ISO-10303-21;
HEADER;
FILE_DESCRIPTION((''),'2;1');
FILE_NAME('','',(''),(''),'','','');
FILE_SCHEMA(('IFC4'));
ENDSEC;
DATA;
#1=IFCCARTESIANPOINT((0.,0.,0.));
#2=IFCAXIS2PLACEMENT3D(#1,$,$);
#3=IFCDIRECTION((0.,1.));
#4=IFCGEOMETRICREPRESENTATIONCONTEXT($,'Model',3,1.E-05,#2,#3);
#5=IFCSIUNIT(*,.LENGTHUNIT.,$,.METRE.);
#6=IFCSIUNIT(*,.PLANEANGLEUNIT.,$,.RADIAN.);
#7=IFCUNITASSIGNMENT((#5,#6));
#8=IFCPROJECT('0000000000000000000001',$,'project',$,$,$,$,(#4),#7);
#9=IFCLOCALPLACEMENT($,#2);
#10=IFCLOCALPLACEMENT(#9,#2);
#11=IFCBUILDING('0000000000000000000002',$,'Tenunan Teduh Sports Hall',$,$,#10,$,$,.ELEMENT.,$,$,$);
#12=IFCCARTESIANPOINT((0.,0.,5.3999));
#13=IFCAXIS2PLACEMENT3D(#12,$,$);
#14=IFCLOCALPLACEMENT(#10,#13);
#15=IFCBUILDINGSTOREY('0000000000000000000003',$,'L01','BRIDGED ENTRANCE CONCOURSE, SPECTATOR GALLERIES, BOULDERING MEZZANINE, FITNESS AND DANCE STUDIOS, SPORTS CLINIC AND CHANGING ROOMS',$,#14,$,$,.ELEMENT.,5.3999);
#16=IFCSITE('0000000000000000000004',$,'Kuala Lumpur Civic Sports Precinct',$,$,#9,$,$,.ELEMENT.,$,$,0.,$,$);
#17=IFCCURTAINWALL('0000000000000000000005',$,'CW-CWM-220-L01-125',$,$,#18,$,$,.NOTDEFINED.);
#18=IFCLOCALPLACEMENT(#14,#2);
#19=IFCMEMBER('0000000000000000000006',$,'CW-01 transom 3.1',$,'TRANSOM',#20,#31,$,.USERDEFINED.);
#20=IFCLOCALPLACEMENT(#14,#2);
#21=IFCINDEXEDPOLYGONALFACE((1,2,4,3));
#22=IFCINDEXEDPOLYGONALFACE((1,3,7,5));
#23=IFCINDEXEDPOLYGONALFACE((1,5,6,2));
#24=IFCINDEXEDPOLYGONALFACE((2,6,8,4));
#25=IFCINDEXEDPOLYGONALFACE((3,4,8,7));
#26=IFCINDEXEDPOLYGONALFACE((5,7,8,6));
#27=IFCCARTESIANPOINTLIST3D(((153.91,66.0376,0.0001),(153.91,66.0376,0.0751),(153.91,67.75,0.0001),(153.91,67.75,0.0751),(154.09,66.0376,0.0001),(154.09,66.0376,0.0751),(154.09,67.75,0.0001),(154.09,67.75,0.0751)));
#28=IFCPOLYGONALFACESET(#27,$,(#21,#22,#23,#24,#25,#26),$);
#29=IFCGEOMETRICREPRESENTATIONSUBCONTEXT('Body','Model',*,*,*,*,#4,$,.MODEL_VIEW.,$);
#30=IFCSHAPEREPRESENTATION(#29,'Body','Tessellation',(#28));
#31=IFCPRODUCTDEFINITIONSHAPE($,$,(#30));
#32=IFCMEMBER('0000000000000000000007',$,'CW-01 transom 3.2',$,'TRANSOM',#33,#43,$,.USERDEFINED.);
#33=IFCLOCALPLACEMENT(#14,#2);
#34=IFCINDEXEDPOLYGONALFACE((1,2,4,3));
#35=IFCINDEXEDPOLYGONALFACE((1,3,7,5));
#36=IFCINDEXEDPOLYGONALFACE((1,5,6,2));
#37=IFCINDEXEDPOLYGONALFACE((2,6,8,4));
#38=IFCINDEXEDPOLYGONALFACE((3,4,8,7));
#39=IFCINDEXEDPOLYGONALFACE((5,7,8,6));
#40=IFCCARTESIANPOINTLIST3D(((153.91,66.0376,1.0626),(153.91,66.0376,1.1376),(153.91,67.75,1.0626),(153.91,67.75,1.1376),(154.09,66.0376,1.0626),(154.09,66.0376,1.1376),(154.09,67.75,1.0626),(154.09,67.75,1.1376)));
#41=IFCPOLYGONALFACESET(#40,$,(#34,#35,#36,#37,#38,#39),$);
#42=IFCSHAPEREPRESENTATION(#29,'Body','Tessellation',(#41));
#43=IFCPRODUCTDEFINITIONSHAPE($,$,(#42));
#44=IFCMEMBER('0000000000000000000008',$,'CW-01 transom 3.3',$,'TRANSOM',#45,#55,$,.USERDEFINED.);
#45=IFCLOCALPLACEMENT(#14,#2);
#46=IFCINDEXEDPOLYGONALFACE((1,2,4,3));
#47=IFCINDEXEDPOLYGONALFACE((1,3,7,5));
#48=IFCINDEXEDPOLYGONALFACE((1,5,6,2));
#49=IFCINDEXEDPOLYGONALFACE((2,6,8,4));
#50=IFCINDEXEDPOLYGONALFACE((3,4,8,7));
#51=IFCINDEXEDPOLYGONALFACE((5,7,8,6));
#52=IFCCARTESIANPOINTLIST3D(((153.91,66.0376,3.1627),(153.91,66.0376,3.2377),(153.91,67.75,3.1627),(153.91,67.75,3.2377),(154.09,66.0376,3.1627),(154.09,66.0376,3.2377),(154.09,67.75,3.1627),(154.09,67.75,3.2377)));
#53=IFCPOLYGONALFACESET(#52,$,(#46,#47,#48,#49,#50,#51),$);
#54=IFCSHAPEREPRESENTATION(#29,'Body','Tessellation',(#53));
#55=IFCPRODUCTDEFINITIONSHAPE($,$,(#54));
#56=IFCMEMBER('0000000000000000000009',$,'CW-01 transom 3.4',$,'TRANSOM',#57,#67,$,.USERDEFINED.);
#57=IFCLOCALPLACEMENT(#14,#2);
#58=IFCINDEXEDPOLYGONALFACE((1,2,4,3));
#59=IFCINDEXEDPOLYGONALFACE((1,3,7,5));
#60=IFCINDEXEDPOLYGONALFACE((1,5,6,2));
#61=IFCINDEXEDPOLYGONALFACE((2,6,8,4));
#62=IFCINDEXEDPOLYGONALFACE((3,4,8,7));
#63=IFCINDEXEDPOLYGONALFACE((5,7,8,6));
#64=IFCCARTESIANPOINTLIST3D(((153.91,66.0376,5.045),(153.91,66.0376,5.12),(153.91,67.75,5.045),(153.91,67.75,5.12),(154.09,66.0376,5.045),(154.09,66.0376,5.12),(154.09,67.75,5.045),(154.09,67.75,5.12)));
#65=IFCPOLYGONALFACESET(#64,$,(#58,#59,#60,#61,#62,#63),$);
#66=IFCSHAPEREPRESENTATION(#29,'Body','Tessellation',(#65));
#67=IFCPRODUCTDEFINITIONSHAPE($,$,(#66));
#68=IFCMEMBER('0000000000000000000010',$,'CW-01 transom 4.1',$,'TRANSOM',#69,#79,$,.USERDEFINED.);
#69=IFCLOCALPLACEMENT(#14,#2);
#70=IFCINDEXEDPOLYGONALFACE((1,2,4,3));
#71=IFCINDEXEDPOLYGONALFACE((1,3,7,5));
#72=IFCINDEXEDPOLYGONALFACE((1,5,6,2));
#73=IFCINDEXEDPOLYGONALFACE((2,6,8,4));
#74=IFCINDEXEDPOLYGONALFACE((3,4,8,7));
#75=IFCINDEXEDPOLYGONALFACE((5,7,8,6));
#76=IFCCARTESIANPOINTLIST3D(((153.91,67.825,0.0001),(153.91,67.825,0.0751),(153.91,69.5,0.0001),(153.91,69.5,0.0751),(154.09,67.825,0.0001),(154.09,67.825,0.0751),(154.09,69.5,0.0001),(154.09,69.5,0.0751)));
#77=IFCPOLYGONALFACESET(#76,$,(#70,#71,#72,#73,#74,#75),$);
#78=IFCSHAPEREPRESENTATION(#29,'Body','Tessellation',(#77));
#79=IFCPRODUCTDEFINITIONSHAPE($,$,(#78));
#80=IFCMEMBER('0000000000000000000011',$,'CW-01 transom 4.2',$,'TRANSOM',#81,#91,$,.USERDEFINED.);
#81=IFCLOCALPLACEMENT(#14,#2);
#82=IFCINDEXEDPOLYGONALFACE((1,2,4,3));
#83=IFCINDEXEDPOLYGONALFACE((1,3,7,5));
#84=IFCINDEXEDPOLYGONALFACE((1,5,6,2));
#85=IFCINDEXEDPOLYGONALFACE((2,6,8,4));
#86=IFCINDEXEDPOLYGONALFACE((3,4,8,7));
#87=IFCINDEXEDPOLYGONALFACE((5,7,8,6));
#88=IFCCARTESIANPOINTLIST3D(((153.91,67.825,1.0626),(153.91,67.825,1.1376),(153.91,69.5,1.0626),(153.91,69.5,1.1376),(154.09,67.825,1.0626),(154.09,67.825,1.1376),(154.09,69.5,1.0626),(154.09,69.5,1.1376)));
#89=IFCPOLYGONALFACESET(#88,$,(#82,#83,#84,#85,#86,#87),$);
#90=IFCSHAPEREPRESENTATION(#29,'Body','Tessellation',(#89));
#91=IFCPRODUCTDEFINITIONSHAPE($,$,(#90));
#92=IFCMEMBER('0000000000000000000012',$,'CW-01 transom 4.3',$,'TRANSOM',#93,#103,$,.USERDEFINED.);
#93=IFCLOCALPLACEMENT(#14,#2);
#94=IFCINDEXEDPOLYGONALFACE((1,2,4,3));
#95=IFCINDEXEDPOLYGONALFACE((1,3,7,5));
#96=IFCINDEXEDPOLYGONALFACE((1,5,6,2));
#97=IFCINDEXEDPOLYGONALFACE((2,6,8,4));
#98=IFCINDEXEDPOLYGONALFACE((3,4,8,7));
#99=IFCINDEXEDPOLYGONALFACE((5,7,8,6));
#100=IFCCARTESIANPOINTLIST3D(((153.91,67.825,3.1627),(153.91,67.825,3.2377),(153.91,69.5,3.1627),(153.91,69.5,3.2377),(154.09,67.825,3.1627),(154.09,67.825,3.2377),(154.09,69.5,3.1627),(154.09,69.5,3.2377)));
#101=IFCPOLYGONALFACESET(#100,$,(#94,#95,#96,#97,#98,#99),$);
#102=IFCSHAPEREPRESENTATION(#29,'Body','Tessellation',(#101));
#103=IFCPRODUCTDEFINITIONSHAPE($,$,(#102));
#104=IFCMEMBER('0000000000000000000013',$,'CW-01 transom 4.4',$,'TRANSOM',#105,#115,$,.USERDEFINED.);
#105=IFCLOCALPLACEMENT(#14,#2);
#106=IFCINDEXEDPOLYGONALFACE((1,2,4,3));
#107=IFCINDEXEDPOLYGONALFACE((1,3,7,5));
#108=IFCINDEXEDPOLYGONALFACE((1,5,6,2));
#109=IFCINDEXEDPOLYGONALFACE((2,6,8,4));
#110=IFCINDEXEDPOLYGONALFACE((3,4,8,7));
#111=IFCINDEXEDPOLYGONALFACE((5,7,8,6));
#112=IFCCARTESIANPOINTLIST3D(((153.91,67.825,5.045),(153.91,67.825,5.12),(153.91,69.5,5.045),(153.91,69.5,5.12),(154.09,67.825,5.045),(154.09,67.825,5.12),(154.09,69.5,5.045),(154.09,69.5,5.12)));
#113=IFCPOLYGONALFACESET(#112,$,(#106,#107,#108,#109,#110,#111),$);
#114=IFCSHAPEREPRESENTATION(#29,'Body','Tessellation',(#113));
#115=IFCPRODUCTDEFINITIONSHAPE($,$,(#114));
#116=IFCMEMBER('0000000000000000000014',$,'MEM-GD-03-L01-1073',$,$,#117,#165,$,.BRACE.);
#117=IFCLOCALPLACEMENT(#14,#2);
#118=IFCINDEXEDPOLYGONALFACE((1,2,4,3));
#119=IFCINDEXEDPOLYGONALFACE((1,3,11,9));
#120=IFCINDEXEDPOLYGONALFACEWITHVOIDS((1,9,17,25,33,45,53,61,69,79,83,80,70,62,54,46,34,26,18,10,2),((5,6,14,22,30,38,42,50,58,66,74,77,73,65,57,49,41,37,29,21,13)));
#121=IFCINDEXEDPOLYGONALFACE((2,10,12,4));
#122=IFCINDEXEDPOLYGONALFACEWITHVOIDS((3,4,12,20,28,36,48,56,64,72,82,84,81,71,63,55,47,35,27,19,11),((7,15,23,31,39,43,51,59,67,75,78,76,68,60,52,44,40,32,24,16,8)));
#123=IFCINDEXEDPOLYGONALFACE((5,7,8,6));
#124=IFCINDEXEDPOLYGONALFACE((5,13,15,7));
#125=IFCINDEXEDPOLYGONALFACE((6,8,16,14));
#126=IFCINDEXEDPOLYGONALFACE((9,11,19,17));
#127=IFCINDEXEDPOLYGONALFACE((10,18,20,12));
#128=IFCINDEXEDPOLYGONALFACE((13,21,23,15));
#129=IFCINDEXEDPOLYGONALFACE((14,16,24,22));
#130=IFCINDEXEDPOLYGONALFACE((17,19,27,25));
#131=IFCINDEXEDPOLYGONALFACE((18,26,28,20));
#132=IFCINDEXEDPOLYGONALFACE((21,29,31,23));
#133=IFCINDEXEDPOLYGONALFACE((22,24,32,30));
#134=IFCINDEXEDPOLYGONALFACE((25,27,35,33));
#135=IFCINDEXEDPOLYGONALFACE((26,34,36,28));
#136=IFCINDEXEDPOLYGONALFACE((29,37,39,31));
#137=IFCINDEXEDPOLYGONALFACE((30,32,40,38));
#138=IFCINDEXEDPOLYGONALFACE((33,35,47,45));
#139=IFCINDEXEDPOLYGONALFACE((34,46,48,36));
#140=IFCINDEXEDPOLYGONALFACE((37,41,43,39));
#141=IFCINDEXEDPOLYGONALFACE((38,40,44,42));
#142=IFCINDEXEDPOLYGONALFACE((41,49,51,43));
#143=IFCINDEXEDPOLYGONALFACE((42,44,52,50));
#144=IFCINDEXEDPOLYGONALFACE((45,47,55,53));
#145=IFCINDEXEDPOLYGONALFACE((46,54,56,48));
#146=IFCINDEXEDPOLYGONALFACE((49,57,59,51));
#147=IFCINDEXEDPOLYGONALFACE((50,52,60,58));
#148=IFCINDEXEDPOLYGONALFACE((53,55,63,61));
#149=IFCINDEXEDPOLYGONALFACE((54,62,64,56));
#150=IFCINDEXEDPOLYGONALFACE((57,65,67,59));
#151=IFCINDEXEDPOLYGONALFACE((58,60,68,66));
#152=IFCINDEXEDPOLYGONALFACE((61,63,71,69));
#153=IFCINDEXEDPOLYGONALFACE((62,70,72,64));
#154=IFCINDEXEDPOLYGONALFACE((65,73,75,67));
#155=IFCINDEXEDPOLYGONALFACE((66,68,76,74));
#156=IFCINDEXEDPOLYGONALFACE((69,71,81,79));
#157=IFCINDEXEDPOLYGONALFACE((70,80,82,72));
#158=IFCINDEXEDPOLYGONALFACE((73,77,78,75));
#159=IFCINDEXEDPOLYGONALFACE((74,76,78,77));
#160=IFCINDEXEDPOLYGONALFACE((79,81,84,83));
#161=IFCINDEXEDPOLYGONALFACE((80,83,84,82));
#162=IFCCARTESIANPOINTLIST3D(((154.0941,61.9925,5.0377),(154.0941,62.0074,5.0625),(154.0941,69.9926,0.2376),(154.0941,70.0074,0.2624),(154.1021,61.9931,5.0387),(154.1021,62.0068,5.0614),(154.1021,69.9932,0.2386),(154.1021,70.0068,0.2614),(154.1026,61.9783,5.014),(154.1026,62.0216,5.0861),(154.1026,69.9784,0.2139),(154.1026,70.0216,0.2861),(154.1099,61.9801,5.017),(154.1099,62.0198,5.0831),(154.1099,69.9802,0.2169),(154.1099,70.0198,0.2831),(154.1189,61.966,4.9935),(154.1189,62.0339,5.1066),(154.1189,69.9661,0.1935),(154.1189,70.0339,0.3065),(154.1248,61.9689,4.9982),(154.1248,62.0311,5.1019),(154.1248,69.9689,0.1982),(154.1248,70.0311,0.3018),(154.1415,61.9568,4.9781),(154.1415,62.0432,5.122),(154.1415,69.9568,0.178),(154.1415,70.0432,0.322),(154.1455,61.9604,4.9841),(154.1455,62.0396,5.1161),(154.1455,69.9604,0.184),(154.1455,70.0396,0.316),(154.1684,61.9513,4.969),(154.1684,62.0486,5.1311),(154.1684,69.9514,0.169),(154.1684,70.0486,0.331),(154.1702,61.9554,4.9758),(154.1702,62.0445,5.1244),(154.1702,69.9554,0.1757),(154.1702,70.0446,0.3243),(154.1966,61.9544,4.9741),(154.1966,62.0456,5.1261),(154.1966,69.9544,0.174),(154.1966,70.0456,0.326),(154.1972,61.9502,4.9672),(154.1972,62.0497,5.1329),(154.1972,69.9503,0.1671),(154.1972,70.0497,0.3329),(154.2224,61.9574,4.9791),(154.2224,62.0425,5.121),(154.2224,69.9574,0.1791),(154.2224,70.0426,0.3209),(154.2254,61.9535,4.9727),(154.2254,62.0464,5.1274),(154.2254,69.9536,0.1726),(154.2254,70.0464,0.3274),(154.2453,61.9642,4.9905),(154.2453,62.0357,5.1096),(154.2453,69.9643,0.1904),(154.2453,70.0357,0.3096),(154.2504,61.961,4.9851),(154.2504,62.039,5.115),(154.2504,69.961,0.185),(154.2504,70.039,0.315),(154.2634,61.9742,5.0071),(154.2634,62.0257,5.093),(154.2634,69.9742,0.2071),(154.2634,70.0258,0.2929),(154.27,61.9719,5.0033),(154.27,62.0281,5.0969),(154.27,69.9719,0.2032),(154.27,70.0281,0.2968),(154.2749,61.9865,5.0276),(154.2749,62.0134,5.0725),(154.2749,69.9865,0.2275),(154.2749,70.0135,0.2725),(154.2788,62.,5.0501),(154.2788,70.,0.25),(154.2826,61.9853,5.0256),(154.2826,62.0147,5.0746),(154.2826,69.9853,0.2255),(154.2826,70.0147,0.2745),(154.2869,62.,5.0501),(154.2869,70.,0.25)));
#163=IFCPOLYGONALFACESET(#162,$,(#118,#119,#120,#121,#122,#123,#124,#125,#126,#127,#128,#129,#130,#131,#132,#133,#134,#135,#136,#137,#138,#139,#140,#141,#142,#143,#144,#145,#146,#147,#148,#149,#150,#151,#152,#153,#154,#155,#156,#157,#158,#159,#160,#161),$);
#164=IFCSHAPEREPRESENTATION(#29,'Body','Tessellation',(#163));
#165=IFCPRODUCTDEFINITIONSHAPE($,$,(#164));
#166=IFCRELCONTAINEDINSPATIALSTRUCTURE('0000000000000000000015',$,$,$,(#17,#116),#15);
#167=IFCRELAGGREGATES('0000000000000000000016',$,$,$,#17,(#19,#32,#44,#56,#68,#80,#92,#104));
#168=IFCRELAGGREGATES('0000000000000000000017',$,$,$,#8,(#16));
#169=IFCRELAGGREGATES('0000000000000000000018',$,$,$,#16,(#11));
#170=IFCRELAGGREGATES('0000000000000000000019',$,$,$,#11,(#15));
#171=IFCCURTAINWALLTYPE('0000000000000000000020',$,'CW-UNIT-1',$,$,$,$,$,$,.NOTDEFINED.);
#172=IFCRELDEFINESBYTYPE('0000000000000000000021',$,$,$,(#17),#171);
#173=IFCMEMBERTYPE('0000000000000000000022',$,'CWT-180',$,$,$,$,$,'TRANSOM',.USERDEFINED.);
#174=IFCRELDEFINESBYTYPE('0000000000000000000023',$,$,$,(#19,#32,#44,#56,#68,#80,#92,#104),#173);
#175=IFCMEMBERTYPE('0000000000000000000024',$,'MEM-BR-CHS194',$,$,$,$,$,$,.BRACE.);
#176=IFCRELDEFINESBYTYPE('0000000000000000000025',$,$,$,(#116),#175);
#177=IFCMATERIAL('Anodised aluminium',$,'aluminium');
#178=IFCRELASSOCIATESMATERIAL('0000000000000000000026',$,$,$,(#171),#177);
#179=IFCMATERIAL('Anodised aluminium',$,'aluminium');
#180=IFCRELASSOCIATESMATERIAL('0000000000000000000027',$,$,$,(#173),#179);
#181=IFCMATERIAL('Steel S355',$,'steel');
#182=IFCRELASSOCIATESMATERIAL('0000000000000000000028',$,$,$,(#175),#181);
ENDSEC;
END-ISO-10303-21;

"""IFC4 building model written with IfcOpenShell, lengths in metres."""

from ifc_helpers import new_model, si_unit, direction, frame, origin, origin_2d, place, context, subcontext, project, spatial, rectangle, hollow_circle, extrude, material, material_profile, profile_set, type_object, element, aggregate, save


model = new_model("IFC4")

# Units and contexts
model_context = context("Model", 3, precision=1e-05, world=origin(), true_north=direction((0.0, 1.0)))
body_context = subcontext(model_context, "Body", "Model", "MODEL_VIEW")
ifc_project = project(units=[si_unit("LENGTHUNIT", "METRE"), si_unit("PLANEANGLEUNIT", "RADIAN")], contexts=[model_context])

# Site, building, storey
site_placement = place(None, origin())
site = spatial("IfcSite", under=ifc_project, at=site_placement, Name="Kuala Lumpur Civic Sports Precinct", CompositionType="ELEMENT", RefElevation=0.0)
building_placement = place(site_placement, origin())
building = spatial("IfcBuilding", under=site, at=building_placement, Name="Tenunan Teduh Sports Hall", CompositionType="ELEMENT")
storey_placement = place(building_placement, frame((0.0, 0.0, 5.3999)))
storey = spatial("IfcBuildingStorey", under=building, at=storey_placement, Name="L01", Description="BRIDGED ENTRANCE CONCOURSE, SPECTATOR GALLERIES, BOULDERING MEZZANINE, FITNESS AND DANCE STUDIOS, SPORTS CLINIC AND CHANGING ROOMS", CompositionType="ELEMENT", Elevation=5.3999)

# Curtain wall
ifc_material_1 = material(Name="Anodised aluminium", Category="aluminium")
curtain_wall_type = type_object("IfcCurtainWallType", Name="CW-UNIT-1", PredefinedType="NOTDEFINED", material=ifc_material_1)
curtain_wall_1_placement = place(storey_placement, origin())
curtain_wall_1 = element("IfcCurtainWall", 1, at=curtain_wall_1_placement, inside=storey, type_object=curtain_wall_type, Name="CW-CWM-220-L01-125", PredefinedType="NOTDEFINED")

# Members
ifc_material_2 = material(Name="Anodised aluminium", Category="aluminium")
ifc_material_profile_1 = material_profile(ifc_material_2, rectangle(XDim=0.075, YDim=0.1799, at=origin_2d()), Name="CWT 75x180")
ifc_profile_set_1 = profile_set([ifc_material_profile_1], Name="Anodised aluminium")
member_type_1 = type_object("IfcMemberType", Name="CWT-180", ElementType="TRANSOM", PredefinedType="USERDEFINED", material=ifc_profile_set_1)
member_1_placement = place(storey_placement, frame((154.0, 66.0376, 0.0376), z_axis=(0.0, 1.0, 0.0), x_axis=(0.0, 0.0, 1.0)))
member_1 = element("IfcMember", 2, at=member_1_placement, type_object=member_type_1, Name="CW-01 transom 3.1", ObjectType="TRANSOM", PredefinedType="USERDEFINED", context=body_context, shape_type="SweptSolid", body=[
    extrude(rectangle(XDim=0.075, YDim=0.1799, at=origin_2d()), origin(), (0.0, 0.0, 1.0), 1.7124),
])
member_2_placement = place(storey_placement, frame((154.0, 66.0376, 1.1001), z_axis=(0.0, 1.0, 0.0), x_axis=(0.0, 0.0, 1.0)))
member_2 = element("IfcMember", 3, at=member_2_placement, type_object=member_type_1, Name="CW-01 transom 3.2", ObjectType="TRANSOM", PredefinedType="USERDEFINED", context=body_context, shape_type="SweptSolid", body=[
    extrude(rectangle(XDim=0.075, YDim=0.1799, at=origin_2d()), origin(), (0.0, 0.0, 1.0), 1.7124),
])
member_3_placement = place(storey_placement, frame((154.0, 66.0376, 3.2002), z_axis=(0.0, 1.0, 0.0), x_axis=(0.0, 0.0, 1.0)))
member_3 = element("IfcMember", 4, at=member_3_placement, type_object=member_type_1, Name="CW-01 transom 3.3", ObjectType="TRANSOM", PredefinedType="USERDEFINED", context=body_context, shape_type="SweptSolid", body=[
    extrude(rectangle(XDim=0.075, YDim=0.1799, at=origin_2d()), origin(), (0.0, 0.0, 1.0), 1.7124),
])
member_4_placement = place(storey_placement, frame((154.0, 66.0376, 5.0825), z_axis=(0.0, 1.0, 0.0), x_axis=(0.0, 0.0, 1.0)))
member_4 = element("IfcMember", 5, at=member_4_placement, type_object=member_type_1, Name="CW-01 transom 3.4", ObjectType="TRANSOM", PredefinedType="USERDEFINED", context=body_context, shape_type="SweptSolid", body=[
    extrude(rectangle(XDim=0.075, YDim=0.1799, at=origin_2d()), origin(), (0.0, 0.0, 1.0), 1.7124),
])
member_5_placement = place(storey_placement, frame((154.0, 67.825, 0.0376), z_axis=(0.0, 1.0, 0.0), x_axis=(0.0, 0.0, 1.0)))
member_5 = element("IfcMember", 6, at=member_5_placement, type_object=member_type_1, Name="CW-01 transom 4.1", ObjectType="TRANSOM", PredefinedType="USERDEFINED", context=body_context, shape_type="SweptSolid", body=[
    extrude(rectangle(XDim=0.075, YDim=0.1799, at=origin_2d()), origin(), (0.0, 0.0, 1.0), 1.675),
])
member_6_placement = place(storey_placement, frame((154.0, 67.825, 1.1001), z_axis=(0.0, 1.0, 0.0), x_axis=(0.0, 0.0, 1.0)))
member_6 = element("IfcMember", 7, at=member_6_placement, type_object=member_type_1, Name="CW-01 transom 4.2", ObjectType="TRANSOM", PredefinedType="USERDEFINED", context=body_context, shape_type="SweptSolid", body=[
    extrude(rectangle(XDim=0.075, YDim=0.1799, at=origin_2d()), origin(), (0.0, 0.0, 1.0), 1.675),
])
member_7_placement = place(storey_placement, frame((154.0, 67.825, 3.2002), z_axis=(0.0, 1.0, 0.0), x_axis=(0.0, 0.0, 1.0)))
member_7 = element("IfcMember", 8, at=member_7_placement, type_object=member_type_1, Name="CW-01 transom 4.3", ObjectType="TRANSOM", PredefinedType="USERDEFINED", context=body_context, shape_type="SweptSolid", body=[
    extrude(rectangle(XDim=0.075, YDim=0.1799, at=origin_2d()), origin(), (0.0, 0.0, 1.0), 1.675),
])
member_8_placement = place(storey_placement, frame((154.0, 67.825, 5.0825), z_axis=(0.0, 1.0, 0.0), x_axis=(0.0, 0.0, 1.0)))
member_8 = element("IfcMember", 9, at=member_8_placement, type_object=member_type_1, Name="CW-01 transom 4.4", ObjectType="TRANSOM", PredefinedType="USERDEFINED", context=body_context, shape_type="SweptSolid", body=[
    extrude(rectangle(XDim=0.075, YDim=0.1799, at=origin_2d()), origin(), (0.0, 0.0, 1.0), 1.675),
])

# Member
ifc_material_3 = material(Name="Steel S355", Category="steel")
ifc_material_profile_2 = material_profile(ifc_material_3, hollow_circle(Radius=0.0969, WallThickness=0.0081, at=origin_2d()), Name="CHS 193.7x8.0")
ifc_profile_set_2 = profile_set([ifc_material_profile_2], Name="Steel S355")
member_type_2 = type_object("IfcMemberType", Name="MEM-BR-CHS194", PredefinedType="BRACE", material=ifc_profile_set_2)
member_9_placement = place(storey_placement, frame((154.1899, 70.0, 0.25), z_axis=(0.0, -0.857491, 0.5145), x_axis=(1.0, 0.0, 0.0)))
element("IfcMember", 10, at=member_9_placement, inside=storey, type_object=member_type_2, Name="MEM-GD-03-L01-1073", PredefinedType="BRACE", context=body_context, shape_type="SweptSolid", body=[
    extrude(hollow_circle(Radius=0.0969, WallThickness=0.0081, at=origin_2d()), origin(), (0.0, 0.0, 1.0), 9.3296),
])

aggregate(curtain_wall_1, [member_1, member_2, member_3, member_4, member_5, member_6, member_7, member_8])

save(model, "model.ifc")
